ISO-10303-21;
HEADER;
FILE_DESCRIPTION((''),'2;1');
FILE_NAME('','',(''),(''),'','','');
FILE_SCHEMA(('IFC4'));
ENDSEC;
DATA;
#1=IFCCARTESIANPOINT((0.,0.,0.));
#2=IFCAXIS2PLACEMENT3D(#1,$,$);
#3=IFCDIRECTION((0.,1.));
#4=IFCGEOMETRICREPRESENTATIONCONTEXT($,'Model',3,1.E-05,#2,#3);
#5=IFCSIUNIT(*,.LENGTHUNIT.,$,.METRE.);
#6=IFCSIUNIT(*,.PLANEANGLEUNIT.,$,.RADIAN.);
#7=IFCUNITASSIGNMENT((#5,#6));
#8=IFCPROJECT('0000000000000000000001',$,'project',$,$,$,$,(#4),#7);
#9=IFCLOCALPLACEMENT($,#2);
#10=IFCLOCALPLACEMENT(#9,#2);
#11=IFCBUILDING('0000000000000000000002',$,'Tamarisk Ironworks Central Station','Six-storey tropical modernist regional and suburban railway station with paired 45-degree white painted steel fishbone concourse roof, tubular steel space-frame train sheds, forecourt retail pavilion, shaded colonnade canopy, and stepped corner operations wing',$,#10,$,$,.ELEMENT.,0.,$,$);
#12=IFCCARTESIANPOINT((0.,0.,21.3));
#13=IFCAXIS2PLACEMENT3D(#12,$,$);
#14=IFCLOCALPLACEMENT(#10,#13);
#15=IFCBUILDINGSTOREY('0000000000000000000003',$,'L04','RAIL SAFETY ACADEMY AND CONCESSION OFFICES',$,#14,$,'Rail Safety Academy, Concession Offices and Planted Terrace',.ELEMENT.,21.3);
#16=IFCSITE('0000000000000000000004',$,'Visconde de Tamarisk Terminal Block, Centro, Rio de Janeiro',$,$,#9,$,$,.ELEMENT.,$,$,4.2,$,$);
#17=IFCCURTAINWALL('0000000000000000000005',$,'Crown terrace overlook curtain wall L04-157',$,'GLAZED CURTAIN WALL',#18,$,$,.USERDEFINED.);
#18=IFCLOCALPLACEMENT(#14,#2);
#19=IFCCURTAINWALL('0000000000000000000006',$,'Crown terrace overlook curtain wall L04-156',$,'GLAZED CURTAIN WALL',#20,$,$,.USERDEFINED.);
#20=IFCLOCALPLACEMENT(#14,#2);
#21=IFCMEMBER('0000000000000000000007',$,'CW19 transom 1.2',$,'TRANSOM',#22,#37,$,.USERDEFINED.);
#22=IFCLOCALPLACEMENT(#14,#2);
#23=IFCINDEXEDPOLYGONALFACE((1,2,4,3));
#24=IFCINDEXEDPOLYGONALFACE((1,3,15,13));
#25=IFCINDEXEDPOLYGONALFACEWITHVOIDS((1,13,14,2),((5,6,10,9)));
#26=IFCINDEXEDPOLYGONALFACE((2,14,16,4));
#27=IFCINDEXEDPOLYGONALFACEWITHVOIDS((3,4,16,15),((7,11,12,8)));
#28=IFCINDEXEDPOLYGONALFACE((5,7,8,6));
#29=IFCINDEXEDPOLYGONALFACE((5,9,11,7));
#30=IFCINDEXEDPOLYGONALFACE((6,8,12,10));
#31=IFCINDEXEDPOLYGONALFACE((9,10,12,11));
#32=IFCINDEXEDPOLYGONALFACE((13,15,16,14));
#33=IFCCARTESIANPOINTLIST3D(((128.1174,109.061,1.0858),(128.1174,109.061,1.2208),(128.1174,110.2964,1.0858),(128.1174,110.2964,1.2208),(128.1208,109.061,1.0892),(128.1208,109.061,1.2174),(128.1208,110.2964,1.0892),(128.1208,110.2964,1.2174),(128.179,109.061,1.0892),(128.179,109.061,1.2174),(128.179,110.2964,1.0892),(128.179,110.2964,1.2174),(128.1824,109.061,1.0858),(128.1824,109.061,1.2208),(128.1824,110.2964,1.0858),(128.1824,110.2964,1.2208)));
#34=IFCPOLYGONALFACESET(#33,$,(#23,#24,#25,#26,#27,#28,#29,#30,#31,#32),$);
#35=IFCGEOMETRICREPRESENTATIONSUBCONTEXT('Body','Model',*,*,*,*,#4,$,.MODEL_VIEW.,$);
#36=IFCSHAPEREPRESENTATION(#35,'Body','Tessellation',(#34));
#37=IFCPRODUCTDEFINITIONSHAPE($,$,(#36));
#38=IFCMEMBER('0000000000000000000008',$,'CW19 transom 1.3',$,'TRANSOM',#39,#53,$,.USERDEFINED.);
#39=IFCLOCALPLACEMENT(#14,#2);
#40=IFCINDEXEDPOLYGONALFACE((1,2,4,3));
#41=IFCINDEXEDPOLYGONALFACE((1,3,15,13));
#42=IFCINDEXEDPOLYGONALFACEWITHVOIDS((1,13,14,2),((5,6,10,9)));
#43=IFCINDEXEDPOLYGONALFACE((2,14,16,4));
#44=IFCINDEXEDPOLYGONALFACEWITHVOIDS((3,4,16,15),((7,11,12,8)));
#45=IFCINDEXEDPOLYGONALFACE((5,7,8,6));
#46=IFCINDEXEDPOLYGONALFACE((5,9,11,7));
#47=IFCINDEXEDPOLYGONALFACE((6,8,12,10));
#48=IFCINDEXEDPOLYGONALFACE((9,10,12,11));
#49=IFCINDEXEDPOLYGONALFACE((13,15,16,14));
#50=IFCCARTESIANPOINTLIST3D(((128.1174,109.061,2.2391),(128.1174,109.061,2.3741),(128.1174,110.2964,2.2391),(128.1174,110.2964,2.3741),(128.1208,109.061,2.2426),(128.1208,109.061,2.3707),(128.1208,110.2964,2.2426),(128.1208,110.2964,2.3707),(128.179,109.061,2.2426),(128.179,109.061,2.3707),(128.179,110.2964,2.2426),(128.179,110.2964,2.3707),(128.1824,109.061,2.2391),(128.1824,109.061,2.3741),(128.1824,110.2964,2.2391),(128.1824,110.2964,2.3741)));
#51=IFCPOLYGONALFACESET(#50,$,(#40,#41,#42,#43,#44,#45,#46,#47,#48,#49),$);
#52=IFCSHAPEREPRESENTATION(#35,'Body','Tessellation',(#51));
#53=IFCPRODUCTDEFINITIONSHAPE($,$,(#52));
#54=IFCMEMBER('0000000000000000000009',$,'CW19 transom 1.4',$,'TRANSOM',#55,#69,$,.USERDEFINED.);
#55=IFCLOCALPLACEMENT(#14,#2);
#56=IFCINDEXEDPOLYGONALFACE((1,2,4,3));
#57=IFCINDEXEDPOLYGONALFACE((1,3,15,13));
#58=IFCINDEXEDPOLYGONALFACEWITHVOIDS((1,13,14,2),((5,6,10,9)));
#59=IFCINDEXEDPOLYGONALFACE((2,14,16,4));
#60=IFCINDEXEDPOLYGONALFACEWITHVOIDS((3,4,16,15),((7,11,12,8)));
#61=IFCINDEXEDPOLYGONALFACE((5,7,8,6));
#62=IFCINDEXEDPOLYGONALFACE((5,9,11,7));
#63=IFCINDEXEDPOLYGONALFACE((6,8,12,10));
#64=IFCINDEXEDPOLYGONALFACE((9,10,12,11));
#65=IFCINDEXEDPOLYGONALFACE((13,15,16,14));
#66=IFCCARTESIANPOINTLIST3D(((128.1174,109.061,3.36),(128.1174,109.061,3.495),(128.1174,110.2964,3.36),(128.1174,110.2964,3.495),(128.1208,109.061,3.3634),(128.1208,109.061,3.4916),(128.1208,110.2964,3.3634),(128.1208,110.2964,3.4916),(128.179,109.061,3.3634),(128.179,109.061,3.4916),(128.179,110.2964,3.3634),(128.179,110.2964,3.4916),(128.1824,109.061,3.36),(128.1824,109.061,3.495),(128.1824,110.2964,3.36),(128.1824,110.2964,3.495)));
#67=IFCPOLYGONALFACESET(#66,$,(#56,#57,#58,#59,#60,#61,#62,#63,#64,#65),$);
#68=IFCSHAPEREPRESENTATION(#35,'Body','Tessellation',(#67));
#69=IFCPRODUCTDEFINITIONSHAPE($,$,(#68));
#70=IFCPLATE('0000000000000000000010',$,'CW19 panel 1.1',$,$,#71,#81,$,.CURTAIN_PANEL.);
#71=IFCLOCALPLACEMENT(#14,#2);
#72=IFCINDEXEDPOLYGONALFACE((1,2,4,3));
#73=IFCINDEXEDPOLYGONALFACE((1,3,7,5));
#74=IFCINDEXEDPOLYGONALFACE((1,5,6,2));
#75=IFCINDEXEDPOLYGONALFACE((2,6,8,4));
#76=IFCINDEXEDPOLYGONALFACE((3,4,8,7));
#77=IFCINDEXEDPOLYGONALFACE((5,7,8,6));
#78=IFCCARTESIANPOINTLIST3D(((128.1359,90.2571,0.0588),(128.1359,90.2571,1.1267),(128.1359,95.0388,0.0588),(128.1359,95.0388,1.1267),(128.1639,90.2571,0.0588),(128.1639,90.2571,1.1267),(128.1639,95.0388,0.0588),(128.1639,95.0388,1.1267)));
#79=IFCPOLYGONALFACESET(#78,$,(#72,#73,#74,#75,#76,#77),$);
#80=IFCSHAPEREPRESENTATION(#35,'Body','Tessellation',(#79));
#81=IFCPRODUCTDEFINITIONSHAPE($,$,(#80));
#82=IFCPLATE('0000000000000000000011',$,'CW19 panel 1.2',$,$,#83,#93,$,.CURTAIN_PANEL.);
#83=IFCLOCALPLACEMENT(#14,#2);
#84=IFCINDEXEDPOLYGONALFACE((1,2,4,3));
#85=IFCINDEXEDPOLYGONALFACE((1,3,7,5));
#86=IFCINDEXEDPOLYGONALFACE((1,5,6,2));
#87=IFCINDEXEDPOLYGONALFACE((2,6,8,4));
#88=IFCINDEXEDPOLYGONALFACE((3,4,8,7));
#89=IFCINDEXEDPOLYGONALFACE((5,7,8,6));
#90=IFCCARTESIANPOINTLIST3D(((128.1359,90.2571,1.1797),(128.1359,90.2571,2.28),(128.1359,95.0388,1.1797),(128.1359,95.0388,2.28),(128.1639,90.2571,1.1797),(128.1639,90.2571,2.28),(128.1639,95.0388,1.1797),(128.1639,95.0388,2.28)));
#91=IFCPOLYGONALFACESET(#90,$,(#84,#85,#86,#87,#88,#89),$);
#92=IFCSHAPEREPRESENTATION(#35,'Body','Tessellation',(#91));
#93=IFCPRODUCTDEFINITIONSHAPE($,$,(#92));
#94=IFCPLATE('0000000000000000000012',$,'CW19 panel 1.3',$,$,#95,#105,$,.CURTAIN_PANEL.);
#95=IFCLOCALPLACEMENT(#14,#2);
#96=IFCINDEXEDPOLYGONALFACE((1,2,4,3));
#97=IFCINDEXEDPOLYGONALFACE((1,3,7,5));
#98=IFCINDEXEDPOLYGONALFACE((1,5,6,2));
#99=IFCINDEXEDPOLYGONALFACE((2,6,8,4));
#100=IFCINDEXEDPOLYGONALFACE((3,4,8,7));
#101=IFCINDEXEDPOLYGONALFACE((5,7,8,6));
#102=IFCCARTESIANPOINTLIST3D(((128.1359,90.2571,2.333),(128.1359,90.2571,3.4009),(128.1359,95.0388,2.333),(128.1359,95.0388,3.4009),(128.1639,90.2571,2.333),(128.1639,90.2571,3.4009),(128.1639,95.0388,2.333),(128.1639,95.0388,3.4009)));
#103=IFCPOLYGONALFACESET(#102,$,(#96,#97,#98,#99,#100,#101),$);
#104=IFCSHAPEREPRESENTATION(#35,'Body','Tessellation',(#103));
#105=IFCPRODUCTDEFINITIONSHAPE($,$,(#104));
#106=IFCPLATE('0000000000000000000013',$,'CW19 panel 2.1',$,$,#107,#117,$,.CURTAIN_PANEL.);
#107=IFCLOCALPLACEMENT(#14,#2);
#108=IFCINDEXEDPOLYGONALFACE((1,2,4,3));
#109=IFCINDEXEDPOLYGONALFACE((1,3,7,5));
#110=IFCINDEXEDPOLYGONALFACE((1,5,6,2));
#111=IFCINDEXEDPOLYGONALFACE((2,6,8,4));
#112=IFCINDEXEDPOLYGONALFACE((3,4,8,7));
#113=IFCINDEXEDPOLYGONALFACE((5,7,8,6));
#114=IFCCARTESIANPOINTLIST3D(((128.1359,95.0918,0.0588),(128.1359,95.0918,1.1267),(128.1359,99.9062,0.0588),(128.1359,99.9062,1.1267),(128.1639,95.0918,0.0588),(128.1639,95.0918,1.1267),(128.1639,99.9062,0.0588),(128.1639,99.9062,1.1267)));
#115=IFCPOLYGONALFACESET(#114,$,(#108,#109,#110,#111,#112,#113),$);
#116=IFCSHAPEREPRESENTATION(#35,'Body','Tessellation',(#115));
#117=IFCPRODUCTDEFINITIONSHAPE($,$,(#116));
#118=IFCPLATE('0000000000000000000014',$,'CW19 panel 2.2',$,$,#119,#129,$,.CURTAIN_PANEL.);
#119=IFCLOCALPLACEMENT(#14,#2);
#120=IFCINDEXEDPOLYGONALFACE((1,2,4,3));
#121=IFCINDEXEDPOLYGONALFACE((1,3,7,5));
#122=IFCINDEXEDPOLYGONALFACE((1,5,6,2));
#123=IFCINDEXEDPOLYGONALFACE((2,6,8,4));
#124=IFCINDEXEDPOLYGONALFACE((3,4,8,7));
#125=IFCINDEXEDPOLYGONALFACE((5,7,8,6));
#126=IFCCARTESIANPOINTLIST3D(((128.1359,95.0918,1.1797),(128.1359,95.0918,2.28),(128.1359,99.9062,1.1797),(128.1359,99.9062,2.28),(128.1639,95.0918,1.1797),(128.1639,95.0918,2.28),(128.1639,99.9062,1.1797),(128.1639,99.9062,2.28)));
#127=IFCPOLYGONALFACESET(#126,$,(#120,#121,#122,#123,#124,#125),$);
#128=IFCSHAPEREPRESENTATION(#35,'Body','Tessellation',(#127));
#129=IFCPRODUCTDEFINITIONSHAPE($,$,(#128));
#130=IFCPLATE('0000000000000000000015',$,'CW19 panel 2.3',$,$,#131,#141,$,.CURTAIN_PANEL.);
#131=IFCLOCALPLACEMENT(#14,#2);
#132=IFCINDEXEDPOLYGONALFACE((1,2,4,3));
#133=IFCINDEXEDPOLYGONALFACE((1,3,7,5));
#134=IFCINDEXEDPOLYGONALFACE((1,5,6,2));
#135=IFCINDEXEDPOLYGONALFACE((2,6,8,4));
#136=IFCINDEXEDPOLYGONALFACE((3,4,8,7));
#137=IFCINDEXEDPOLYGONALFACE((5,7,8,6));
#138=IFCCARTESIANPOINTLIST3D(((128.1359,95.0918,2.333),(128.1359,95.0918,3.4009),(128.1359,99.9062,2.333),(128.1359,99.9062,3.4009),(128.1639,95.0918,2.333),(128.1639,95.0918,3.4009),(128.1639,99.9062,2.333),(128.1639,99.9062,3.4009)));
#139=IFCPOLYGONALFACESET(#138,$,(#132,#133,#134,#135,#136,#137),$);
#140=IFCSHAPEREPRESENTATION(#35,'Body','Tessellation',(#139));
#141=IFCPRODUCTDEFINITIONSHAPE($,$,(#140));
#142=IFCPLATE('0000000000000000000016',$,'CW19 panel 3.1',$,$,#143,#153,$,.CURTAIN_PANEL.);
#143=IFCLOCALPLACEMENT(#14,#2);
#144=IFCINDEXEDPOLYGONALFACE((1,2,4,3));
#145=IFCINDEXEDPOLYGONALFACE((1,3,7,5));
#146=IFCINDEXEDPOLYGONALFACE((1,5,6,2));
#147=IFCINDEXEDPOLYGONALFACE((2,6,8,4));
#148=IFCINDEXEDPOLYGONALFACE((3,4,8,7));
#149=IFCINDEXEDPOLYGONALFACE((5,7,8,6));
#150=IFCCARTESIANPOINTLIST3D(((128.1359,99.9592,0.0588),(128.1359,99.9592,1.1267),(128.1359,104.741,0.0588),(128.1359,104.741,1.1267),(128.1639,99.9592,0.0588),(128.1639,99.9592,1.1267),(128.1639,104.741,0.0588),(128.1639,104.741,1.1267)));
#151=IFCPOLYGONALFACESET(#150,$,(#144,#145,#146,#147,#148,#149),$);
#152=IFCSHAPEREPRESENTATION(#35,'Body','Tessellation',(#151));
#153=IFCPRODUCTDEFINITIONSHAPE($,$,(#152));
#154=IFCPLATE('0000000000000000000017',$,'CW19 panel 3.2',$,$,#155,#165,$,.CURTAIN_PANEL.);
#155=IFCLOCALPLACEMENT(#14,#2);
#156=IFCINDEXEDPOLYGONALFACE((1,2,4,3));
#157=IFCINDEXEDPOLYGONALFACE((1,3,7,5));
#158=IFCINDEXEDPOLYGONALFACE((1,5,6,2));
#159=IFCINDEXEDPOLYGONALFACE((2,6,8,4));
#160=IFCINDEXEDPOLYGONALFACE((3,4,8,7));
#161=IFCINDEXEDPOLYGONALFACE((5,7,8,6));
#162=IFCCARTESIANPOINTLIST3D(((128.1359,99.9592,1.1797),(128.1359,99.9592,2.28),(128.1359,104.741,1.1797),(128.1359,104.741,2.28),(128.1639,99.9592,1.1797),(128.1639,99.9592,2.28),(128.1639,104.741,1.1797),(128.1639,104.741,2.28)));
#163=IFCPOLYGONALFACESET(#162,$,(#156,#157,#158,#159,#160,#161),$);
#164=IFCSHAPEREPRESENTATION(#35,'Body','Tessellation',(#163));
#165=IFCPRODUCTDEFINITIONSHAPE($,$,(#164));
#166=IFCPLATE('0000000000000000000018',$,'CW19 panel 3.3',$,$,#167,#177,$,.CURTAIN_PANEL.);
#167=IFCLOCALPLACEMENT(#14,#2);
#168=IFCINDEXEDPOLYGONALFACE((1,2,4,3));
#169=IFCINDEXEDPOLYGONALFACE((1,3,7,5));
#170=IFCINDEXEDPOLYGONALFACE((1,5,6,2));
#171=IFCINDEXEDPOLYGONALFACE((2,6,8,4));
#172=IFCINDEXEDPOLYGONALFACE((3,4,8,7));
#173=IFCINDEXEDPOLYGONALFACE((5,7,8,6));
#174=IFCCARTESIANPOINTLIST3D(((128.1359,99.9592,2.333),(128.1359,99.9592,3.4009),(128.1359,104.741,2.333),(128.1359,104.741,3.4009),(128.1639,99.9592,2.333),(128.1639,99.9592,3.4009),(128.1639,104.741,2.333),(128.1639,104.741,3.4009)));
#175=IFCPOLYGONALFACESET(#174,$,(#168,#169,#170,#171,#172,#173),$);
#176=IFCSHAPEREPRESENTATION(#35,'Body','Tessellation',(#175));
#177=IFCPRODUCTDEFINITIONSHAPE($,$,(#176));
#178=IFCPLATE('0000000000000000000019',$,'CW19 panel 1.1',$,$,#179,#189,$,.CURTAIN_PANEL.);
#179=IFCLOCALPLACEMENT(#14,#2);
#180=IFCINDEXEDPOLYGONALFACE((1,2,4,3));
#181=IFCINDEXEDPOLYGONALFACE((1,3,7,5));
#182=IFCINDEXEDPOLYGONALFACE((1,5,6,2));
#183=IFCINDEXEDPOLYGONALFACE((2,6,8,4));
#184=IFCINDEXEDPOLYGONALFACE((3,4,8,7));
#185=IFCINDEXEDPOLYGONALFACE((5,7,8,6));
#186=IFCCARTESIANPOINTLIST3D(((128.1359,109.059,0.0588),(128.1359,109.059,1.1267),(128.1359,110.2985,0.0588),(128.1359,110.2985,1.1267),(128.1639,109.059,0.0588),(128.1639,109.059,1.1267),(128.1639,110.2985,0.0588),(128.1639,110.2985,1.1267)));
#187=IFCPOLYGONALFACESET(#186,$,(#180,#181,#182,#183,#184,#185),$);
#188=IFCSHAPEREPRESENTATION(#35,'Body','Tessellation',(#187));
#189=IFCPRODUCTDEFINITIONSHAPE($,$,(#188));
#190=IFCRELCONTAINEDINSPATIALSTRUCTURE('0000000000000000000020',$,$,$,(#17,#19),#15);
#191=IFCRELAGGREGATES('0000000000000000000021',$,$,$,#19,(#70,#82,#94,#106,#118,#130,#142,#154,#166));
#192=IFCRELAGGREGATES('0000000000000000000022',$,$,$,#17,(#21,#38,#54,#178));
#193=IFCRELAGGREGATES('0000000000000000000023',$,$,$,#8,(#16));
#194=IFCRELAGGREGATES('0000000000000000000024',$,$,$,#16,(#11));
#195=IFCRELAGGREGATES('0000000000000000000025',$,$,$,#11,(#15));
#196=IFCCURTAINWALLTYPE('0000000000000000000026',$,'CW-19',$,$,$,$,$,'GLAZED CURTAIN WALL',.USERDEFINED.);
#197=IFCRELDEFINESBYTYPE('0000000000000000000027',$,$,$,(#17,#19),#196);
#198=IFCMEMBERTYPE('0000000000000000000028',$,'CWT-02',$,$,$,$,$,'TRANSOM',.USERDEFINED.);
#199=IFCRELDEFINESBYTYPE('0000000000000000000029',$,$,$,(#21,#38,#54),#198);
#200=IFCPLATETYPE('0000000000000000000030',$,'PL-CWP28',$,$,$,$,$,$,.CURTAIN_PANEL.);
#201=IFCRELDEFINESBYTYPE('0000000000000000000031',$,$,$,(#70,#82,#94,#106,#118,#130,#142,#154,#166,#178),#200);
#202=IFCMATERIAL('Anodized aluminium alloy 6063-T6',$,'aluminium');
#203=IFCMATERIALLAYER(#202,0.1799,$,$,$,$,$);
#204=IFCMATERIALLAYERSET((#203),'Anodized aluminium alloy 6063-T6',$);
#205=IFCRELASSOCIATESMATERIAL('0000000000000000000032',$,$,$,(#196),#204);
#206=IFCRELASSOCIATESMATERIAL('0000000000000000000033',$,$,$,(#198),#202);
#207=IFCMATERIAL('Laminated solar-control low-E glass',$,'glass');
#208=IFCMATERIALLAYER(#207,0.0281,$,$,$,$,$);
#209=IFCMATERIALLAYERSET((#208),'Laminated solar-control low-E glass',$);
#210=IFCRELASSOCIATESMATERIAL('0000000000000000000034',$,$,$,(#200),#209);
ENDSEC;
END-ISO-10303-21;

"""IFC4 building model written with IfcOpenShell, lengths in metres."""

from ifc_helpers import new_model, si_unit, direction, frame, origin, origin_2d, place, context, subcontext, project, spatial, rectangle, hollow_rectangle, extrude, material, layer, layer_set, material_profile, profile_set, type_object, element, aggregate, save


model = new_model("IFC4")

# Units and contexts
model_context = context("Model", 3, precision=1e-05, world=origin(), true_north=direction((0.0, 1.0)))
body_context = subcontext(model_context, "Body", "Model", "MODEL_VIEW")
ifc_project = project(units=[si_unit("LENGTHUNIT", "METRE"), si_unit("PLANEANGLEUNIT", "RADIAN")], contexts=[model_context])

# Site, building, storey
site_placement = place(None, origin())
site = spatial("IfcSite", under=ifc_project, at=site_placement, Name="Visconde de Tamarisk Terminal Block, Centro, Rio de Janeiro", CompositionType="ELEMENT", RefElevation=4.2)
building_placement = place(site_placement, origin())
building = spatial("IfcBuilding", under=site, at=building_placement, Name="Tamarisk Ironworks Central Station", Description="Six-storey tropical modernist regional and suburban railway station with paired 45-degree white painted steel fishbone concourse roof, tubular steel space-frame train sheds, forecourt retail pavilion, shaded colonnade canopy, and stepped corner operations wing", CompositionType="ELEMENT", ElevationOfRefHeight=0.0)
storey_placement = place(building_placement, frame((0.0, 0.0, 21.3)))
storey = spatial("IfcBuildingStorey", under=building, at=storey_placement, Name="L04", Description="RAIL SAFETY ACADEMY AND CONCESSION OFFICES", LongName="Rail Safety Academy, Concession Offices and Planted Terrace", CompositionType="ELEMENT", Elevation=21.3)

# Curtain wall
ifc_material_1 = material(Name="Anodized aluminium alloy 6063-T6", Category="aluminium")
ifc_layer_1 = layer(ifc_material_1, 0.1799)
ifc_layer_set_1 = layer_set([ifc_layer_1], Name="Anodized aluminium alloy 6063-T6")
curtain_wall_type = type_object("IfcCurtainWallType", Name="CW-19", ElementType="GLAZED CURTAIN WALL", PredefinedType="USERDEFINED", material=ifc_layer_set_1)
curtain_wall_1_placement = place(storey_placement, origin())
curtain_wall_1 = element("IfcCurtainWall", 1, at=curtain_wall_1_placement, inside=storey, type_object=curtain_wall_type, Name="Crown terrace overlook curtain wall L04-157", ObjectType="GLAZED CURTAIN WALL", PredefinedType="USERDEFINED")

# Curtain wall
curtain_wall_2_placement = place(storey_placement, origin())
curtain_wall_2 = element("IfcCurtainWall", 2, at=curtain_wall_2_placement, inside=storey, type_object=curtain_wall_type, Name="Crown terrace overlook curtain wall L04-156", ObjectType="GLAZED CURTAIN WALL", PredefinedType="USERDEFINED")
ifc_material_profile_1 = material_profile(ifc_material_1, hollow_rectangle(XDim=0.0649, YDim=0.135, WallThickness=0.0034, at=origin_2d()), Name="ALUM 135x65")
ifc_profile_set_1 = profile_set([ifc_material_profile_1], Name="Anodized aluminium alloy 6063-T6")
member_type_1 = type_object("IfcMemberType", Name="CWT-02", ElementType="TRANSOM", PredefinedType="USERDEFINED", material=ifc_profile_set_1)

# Members
member_1_placement = place(storey_placement, frame((128.1499, 109.061, 1.1533), z_axis=(0.0, 1.0, 0.0), x_axis=(-1.0, 0.0, 0.0)))
member_1 = element("IfcMember", 3, at=member_1_placement, type_object=member_type_1, Name="CW19 transom 1.2", ObjectType="TRANSOM", PredefinedType="USERDEFINED", context=body_context, shape_type="SweptSolid", body=[
    extrude(hollow_rectangle(XDim=0.0649, YDim=0.135, WallThickness=0.0034, at=origin_2d()), origin(), (0.0, 0.0, 1.0), 1.2354),
])
member_2_placement = place(storey_placement, frame((128.1499, 109.061, 2.3066), z_axis=(0.0, 1.0, 0.0), x_axis=(-1.0, 0.0, 0.0)))
member_2 = element("IfcMember", 4, at=member_2_placement, type_object=member_type_1, Name="CW19 transom 1.3", ObjectType="TRANSOM", PredefinedType="USERDEFINED", context=body_context, shape_type="SweptSolid", body=[
    extrude(hollow_rectangle(XDim=0.0649, YDim=0.135, WallThickness=0.0034, at=origin_2d()), origin(), (0.0, 0.0, 1.0), 1.2354),
])
member_3_placement = place(storey_placement, frame((128.1499, 109.061, 3.4275), z_axis=(0.0, 1.0, 0.0), x_axis=(-1.0, 0.0, 0.0)))
member_3 = element("IfcMember", 5, at=member_3_placement, type_object=member_type_1, Name="CW19 transom 1.4", ObjectType="TRANSOM", PredefinedType="USERDEFINED", context=body_context, shape_type="SweptSolid", body=[
    extrude(hollow_rectangle(XDim=0.0649, YDim=0.135, WallThickness=0.0034, at=origin_2d()), origin(), (0.0, 0.0, 1.0), 1.2354),
])

# Plates
ifc_material_2 = material(Name="Laminated solar-control low-E glass", Category="glass")
ifc_layer_2 = layer(ifc_material_2, 0.0281)
ifc_layer_set_2 = layer_set([ifc_layer_2], Name="Laminated solar-control low-E glass")
plate_type = type_object("IfcPlateType", Name="PL-CWP28", PredefinedType="CURTAIN_PANEL", material=ifc_layer_set_2)
plate_1_placement = place(storey_placement, frame((128.1499, 92.6479, 0.0588), z_axis=(0.0, 0.0, 1.0), x_axis=(0.0, 1.0, 0.0)))
plate_1 = element("IfcPlate", 6, at=plate_1_placement, type_object=plate_type, Name="CW19 panel 1.1", PredefinedType="CURTAIN_PANEL", context=body_context, shape_type="SweptSolid", body=[
    extrude(rectangle(XDim=4.7817, YDim=0.0281, at=origin_2d()), origin(), (0.0, 0.0, 1.0), 1.0679),
])
plate_2_placement = place(storey_placement, frame((128.1499, 92.6479, 1.1797), z_axis=(0.0, 0.0, 1.0), x_axis=(0.0, 1.0, 0.0)))
plate_2 = element("IfcPlate", 7, at=plate_2_placement, type_object=plate_type, Name="CW19 panel 1.2", PredefinedType="CURTAIN_PANEL", context=body_context, shape_type="SweptSolid", body=[
    extrude(rectangle(XDim=4.7817, YDim=0.0281, at=origin_2d()), origin(), (0.0, 0.0, 1.0), 1.1003),
])
plate_3_placement = place(storey_placement, frame((128.1499, 92.6479, 2.333), z_axis=(0.0, 0.0, 1.0), x_axis=(0.0, 1.0, 0.0)))
plate_3 = element("IfcPlate", 8, at=plate_3_placement, type_object=plate_type, Name="CW19 panel 1.3", PredefinedType="CURTAIN_PANEL", context=body_context, shape_type="SweptSolid", body=[
    extrude(rectangle(XDim=4.7817, YDim=0.0281, at=origin_2d()), origin(), (0.0, 0.0, 1.0), 1.0679),
])
plate_4_placement = place(storey_placement, frame((128.1499, 97.499, 0.0588), z_axis=(0.0, 0.0, 1.0), x_axis=(0.0, 1.0, 0.0)))
plate_4 = element("IfcPlate", 9, at=plate_4_placement, type_object=plate_type, Name="CW19 panel 2.1", PredefinedType="CURTAIN_PANEL", context=body_context, shape_type="SweptSolid", body=[
    extrude(rectangle(XDim=4.8145, YDim=0.0281, at=origin_2d()), origin(), (0.0, 0.0, 1.0), 1.0679),
])
plate_5_placement = place(storey_placement, frame((128.1499, 97.499, 1.1797), z_axis=(0.0, 0.0, 1.0), x_axis=(0.0, 1.0, 0.0)))
plate_5 = element("IfcPlate", 10, at=plate_5_placement, type_object=plate_type, Name="CW19 panel 2.2", PredefinedType="CURTAIN_PANEL", context=body_context, shape_type="SweptSolid", body=[
    extrude(rectangle(XDim=4.8145, YDim=0.0281, at=origin_2d()), origin(), (0.0, 0.0, 1.0), 1.1003),
])
plate_6_placement = place(storey_placement, frame((128.1499, 97.499, 2.333), z_axis=(0.0, 0.0, 1.0), x_axis=(0.0, 1.0, 0.0)))
plate_6 = element("IfcPlate", 11, at=plate_6_placement, type_object=plate_type, Name="CW19 panel 2.3", PredefinedType="CURTAIN_PANEL", context=body_context, shape_type="SweptSolid", body=[
    extrude(rectangle(XDim=4.8145, YDim=0.0281, at=origin_2d()), origin(), (0.0, 0.0, 1.0), 1.0679),
])
plate_7_placement = place(storey_placement, frame((128.1499, 102.3501, 0.0588), z_axis=(0.0, 0.0, 1.0), x_axis=(0.0, 1.0, 0.0)))
plate_7 = element("IfcPlate", 12, at=plate_7_placement, type_object=plate_type, Name="CW19 panel 3.1", PredefinedType="CURTAIN_PANEL", context=body_context, shape_type="SweptSolid", body=[
    extrude(rectangle(XDim=4.7817, YDim=0.0281, at=origin_2d()), origin(), (0.0, 0.0, 1.0), 1.0679),
])
plate_8_placement = place(storey_placement, frame((128.1499, 102.3501, 1.1797), z_axis=(0.0, 0.0, 1.0), x_axis=(0.0, 1.0, 0.0)))
plate_8 = element("IfcPlate", 13, at=plate_8_placement, type_object=plate_type, Name="CW19 panel 3.2", PredefinedType="CURTAIN_PANEL", context=body_context, shape_type="SweptSolid", body=[
    extrude(rectangle(XDim=4.7817, YDim=0.0281, at=origin_2d()), origin(), (0.0, 0.0, 1.0), 1.1003),
])
plate_9_placement = place(storey_placement, frame((128.1499, 102.3501, 2.333), z_axis=(0.0, 0.0, 1.0), x_axis=(0.0, 1.0, 0.0)))
plate_9 = element("IfcPlate", 14, at=plate_9_placement, type_object=plate_type, Name="CW19 panel 3.3", PredefinedType="CURTAIN_PANEL", context=body_context, shape_type="SweptSolid", body=[
    extrude(rectangle(XDim=4.7817, YDim=0.0281, at=origin_2d()), origin(), (0.0, 0.0, 1.0), 1.0679),
])
aggregate(curtain_wall_2, [plate_1, plate_2, plate_3, plate_4, plate_5, plate_6, plate_7, plate_8, plate_9])
plate_10_placement = place(storey_placement, frame((128.1499, 109.6787, 0.0588), z_axis=(0.0, 0.0, 1.0), x_axis=(0.0, 1.0, 0.0)))
plate_10 = element("IfcPlate", 15, at=plate_10_placement, type_object=plate_type, Name="CW19 panel 1.1", PredefinedType="CURTAIN_PANEL", context=body_context, shape_type="SweptSolid", body=[
    extrude(rectangle(XDim=1.2395, YDim=0.0281, at=origin_2d()), origin(), (0.0, 0.0, 1.0), 1.0679),
])
aggregate(curtain_wall_1, [member_1, member_2, member_3, plate_10])

save(model, "model.ifc")
